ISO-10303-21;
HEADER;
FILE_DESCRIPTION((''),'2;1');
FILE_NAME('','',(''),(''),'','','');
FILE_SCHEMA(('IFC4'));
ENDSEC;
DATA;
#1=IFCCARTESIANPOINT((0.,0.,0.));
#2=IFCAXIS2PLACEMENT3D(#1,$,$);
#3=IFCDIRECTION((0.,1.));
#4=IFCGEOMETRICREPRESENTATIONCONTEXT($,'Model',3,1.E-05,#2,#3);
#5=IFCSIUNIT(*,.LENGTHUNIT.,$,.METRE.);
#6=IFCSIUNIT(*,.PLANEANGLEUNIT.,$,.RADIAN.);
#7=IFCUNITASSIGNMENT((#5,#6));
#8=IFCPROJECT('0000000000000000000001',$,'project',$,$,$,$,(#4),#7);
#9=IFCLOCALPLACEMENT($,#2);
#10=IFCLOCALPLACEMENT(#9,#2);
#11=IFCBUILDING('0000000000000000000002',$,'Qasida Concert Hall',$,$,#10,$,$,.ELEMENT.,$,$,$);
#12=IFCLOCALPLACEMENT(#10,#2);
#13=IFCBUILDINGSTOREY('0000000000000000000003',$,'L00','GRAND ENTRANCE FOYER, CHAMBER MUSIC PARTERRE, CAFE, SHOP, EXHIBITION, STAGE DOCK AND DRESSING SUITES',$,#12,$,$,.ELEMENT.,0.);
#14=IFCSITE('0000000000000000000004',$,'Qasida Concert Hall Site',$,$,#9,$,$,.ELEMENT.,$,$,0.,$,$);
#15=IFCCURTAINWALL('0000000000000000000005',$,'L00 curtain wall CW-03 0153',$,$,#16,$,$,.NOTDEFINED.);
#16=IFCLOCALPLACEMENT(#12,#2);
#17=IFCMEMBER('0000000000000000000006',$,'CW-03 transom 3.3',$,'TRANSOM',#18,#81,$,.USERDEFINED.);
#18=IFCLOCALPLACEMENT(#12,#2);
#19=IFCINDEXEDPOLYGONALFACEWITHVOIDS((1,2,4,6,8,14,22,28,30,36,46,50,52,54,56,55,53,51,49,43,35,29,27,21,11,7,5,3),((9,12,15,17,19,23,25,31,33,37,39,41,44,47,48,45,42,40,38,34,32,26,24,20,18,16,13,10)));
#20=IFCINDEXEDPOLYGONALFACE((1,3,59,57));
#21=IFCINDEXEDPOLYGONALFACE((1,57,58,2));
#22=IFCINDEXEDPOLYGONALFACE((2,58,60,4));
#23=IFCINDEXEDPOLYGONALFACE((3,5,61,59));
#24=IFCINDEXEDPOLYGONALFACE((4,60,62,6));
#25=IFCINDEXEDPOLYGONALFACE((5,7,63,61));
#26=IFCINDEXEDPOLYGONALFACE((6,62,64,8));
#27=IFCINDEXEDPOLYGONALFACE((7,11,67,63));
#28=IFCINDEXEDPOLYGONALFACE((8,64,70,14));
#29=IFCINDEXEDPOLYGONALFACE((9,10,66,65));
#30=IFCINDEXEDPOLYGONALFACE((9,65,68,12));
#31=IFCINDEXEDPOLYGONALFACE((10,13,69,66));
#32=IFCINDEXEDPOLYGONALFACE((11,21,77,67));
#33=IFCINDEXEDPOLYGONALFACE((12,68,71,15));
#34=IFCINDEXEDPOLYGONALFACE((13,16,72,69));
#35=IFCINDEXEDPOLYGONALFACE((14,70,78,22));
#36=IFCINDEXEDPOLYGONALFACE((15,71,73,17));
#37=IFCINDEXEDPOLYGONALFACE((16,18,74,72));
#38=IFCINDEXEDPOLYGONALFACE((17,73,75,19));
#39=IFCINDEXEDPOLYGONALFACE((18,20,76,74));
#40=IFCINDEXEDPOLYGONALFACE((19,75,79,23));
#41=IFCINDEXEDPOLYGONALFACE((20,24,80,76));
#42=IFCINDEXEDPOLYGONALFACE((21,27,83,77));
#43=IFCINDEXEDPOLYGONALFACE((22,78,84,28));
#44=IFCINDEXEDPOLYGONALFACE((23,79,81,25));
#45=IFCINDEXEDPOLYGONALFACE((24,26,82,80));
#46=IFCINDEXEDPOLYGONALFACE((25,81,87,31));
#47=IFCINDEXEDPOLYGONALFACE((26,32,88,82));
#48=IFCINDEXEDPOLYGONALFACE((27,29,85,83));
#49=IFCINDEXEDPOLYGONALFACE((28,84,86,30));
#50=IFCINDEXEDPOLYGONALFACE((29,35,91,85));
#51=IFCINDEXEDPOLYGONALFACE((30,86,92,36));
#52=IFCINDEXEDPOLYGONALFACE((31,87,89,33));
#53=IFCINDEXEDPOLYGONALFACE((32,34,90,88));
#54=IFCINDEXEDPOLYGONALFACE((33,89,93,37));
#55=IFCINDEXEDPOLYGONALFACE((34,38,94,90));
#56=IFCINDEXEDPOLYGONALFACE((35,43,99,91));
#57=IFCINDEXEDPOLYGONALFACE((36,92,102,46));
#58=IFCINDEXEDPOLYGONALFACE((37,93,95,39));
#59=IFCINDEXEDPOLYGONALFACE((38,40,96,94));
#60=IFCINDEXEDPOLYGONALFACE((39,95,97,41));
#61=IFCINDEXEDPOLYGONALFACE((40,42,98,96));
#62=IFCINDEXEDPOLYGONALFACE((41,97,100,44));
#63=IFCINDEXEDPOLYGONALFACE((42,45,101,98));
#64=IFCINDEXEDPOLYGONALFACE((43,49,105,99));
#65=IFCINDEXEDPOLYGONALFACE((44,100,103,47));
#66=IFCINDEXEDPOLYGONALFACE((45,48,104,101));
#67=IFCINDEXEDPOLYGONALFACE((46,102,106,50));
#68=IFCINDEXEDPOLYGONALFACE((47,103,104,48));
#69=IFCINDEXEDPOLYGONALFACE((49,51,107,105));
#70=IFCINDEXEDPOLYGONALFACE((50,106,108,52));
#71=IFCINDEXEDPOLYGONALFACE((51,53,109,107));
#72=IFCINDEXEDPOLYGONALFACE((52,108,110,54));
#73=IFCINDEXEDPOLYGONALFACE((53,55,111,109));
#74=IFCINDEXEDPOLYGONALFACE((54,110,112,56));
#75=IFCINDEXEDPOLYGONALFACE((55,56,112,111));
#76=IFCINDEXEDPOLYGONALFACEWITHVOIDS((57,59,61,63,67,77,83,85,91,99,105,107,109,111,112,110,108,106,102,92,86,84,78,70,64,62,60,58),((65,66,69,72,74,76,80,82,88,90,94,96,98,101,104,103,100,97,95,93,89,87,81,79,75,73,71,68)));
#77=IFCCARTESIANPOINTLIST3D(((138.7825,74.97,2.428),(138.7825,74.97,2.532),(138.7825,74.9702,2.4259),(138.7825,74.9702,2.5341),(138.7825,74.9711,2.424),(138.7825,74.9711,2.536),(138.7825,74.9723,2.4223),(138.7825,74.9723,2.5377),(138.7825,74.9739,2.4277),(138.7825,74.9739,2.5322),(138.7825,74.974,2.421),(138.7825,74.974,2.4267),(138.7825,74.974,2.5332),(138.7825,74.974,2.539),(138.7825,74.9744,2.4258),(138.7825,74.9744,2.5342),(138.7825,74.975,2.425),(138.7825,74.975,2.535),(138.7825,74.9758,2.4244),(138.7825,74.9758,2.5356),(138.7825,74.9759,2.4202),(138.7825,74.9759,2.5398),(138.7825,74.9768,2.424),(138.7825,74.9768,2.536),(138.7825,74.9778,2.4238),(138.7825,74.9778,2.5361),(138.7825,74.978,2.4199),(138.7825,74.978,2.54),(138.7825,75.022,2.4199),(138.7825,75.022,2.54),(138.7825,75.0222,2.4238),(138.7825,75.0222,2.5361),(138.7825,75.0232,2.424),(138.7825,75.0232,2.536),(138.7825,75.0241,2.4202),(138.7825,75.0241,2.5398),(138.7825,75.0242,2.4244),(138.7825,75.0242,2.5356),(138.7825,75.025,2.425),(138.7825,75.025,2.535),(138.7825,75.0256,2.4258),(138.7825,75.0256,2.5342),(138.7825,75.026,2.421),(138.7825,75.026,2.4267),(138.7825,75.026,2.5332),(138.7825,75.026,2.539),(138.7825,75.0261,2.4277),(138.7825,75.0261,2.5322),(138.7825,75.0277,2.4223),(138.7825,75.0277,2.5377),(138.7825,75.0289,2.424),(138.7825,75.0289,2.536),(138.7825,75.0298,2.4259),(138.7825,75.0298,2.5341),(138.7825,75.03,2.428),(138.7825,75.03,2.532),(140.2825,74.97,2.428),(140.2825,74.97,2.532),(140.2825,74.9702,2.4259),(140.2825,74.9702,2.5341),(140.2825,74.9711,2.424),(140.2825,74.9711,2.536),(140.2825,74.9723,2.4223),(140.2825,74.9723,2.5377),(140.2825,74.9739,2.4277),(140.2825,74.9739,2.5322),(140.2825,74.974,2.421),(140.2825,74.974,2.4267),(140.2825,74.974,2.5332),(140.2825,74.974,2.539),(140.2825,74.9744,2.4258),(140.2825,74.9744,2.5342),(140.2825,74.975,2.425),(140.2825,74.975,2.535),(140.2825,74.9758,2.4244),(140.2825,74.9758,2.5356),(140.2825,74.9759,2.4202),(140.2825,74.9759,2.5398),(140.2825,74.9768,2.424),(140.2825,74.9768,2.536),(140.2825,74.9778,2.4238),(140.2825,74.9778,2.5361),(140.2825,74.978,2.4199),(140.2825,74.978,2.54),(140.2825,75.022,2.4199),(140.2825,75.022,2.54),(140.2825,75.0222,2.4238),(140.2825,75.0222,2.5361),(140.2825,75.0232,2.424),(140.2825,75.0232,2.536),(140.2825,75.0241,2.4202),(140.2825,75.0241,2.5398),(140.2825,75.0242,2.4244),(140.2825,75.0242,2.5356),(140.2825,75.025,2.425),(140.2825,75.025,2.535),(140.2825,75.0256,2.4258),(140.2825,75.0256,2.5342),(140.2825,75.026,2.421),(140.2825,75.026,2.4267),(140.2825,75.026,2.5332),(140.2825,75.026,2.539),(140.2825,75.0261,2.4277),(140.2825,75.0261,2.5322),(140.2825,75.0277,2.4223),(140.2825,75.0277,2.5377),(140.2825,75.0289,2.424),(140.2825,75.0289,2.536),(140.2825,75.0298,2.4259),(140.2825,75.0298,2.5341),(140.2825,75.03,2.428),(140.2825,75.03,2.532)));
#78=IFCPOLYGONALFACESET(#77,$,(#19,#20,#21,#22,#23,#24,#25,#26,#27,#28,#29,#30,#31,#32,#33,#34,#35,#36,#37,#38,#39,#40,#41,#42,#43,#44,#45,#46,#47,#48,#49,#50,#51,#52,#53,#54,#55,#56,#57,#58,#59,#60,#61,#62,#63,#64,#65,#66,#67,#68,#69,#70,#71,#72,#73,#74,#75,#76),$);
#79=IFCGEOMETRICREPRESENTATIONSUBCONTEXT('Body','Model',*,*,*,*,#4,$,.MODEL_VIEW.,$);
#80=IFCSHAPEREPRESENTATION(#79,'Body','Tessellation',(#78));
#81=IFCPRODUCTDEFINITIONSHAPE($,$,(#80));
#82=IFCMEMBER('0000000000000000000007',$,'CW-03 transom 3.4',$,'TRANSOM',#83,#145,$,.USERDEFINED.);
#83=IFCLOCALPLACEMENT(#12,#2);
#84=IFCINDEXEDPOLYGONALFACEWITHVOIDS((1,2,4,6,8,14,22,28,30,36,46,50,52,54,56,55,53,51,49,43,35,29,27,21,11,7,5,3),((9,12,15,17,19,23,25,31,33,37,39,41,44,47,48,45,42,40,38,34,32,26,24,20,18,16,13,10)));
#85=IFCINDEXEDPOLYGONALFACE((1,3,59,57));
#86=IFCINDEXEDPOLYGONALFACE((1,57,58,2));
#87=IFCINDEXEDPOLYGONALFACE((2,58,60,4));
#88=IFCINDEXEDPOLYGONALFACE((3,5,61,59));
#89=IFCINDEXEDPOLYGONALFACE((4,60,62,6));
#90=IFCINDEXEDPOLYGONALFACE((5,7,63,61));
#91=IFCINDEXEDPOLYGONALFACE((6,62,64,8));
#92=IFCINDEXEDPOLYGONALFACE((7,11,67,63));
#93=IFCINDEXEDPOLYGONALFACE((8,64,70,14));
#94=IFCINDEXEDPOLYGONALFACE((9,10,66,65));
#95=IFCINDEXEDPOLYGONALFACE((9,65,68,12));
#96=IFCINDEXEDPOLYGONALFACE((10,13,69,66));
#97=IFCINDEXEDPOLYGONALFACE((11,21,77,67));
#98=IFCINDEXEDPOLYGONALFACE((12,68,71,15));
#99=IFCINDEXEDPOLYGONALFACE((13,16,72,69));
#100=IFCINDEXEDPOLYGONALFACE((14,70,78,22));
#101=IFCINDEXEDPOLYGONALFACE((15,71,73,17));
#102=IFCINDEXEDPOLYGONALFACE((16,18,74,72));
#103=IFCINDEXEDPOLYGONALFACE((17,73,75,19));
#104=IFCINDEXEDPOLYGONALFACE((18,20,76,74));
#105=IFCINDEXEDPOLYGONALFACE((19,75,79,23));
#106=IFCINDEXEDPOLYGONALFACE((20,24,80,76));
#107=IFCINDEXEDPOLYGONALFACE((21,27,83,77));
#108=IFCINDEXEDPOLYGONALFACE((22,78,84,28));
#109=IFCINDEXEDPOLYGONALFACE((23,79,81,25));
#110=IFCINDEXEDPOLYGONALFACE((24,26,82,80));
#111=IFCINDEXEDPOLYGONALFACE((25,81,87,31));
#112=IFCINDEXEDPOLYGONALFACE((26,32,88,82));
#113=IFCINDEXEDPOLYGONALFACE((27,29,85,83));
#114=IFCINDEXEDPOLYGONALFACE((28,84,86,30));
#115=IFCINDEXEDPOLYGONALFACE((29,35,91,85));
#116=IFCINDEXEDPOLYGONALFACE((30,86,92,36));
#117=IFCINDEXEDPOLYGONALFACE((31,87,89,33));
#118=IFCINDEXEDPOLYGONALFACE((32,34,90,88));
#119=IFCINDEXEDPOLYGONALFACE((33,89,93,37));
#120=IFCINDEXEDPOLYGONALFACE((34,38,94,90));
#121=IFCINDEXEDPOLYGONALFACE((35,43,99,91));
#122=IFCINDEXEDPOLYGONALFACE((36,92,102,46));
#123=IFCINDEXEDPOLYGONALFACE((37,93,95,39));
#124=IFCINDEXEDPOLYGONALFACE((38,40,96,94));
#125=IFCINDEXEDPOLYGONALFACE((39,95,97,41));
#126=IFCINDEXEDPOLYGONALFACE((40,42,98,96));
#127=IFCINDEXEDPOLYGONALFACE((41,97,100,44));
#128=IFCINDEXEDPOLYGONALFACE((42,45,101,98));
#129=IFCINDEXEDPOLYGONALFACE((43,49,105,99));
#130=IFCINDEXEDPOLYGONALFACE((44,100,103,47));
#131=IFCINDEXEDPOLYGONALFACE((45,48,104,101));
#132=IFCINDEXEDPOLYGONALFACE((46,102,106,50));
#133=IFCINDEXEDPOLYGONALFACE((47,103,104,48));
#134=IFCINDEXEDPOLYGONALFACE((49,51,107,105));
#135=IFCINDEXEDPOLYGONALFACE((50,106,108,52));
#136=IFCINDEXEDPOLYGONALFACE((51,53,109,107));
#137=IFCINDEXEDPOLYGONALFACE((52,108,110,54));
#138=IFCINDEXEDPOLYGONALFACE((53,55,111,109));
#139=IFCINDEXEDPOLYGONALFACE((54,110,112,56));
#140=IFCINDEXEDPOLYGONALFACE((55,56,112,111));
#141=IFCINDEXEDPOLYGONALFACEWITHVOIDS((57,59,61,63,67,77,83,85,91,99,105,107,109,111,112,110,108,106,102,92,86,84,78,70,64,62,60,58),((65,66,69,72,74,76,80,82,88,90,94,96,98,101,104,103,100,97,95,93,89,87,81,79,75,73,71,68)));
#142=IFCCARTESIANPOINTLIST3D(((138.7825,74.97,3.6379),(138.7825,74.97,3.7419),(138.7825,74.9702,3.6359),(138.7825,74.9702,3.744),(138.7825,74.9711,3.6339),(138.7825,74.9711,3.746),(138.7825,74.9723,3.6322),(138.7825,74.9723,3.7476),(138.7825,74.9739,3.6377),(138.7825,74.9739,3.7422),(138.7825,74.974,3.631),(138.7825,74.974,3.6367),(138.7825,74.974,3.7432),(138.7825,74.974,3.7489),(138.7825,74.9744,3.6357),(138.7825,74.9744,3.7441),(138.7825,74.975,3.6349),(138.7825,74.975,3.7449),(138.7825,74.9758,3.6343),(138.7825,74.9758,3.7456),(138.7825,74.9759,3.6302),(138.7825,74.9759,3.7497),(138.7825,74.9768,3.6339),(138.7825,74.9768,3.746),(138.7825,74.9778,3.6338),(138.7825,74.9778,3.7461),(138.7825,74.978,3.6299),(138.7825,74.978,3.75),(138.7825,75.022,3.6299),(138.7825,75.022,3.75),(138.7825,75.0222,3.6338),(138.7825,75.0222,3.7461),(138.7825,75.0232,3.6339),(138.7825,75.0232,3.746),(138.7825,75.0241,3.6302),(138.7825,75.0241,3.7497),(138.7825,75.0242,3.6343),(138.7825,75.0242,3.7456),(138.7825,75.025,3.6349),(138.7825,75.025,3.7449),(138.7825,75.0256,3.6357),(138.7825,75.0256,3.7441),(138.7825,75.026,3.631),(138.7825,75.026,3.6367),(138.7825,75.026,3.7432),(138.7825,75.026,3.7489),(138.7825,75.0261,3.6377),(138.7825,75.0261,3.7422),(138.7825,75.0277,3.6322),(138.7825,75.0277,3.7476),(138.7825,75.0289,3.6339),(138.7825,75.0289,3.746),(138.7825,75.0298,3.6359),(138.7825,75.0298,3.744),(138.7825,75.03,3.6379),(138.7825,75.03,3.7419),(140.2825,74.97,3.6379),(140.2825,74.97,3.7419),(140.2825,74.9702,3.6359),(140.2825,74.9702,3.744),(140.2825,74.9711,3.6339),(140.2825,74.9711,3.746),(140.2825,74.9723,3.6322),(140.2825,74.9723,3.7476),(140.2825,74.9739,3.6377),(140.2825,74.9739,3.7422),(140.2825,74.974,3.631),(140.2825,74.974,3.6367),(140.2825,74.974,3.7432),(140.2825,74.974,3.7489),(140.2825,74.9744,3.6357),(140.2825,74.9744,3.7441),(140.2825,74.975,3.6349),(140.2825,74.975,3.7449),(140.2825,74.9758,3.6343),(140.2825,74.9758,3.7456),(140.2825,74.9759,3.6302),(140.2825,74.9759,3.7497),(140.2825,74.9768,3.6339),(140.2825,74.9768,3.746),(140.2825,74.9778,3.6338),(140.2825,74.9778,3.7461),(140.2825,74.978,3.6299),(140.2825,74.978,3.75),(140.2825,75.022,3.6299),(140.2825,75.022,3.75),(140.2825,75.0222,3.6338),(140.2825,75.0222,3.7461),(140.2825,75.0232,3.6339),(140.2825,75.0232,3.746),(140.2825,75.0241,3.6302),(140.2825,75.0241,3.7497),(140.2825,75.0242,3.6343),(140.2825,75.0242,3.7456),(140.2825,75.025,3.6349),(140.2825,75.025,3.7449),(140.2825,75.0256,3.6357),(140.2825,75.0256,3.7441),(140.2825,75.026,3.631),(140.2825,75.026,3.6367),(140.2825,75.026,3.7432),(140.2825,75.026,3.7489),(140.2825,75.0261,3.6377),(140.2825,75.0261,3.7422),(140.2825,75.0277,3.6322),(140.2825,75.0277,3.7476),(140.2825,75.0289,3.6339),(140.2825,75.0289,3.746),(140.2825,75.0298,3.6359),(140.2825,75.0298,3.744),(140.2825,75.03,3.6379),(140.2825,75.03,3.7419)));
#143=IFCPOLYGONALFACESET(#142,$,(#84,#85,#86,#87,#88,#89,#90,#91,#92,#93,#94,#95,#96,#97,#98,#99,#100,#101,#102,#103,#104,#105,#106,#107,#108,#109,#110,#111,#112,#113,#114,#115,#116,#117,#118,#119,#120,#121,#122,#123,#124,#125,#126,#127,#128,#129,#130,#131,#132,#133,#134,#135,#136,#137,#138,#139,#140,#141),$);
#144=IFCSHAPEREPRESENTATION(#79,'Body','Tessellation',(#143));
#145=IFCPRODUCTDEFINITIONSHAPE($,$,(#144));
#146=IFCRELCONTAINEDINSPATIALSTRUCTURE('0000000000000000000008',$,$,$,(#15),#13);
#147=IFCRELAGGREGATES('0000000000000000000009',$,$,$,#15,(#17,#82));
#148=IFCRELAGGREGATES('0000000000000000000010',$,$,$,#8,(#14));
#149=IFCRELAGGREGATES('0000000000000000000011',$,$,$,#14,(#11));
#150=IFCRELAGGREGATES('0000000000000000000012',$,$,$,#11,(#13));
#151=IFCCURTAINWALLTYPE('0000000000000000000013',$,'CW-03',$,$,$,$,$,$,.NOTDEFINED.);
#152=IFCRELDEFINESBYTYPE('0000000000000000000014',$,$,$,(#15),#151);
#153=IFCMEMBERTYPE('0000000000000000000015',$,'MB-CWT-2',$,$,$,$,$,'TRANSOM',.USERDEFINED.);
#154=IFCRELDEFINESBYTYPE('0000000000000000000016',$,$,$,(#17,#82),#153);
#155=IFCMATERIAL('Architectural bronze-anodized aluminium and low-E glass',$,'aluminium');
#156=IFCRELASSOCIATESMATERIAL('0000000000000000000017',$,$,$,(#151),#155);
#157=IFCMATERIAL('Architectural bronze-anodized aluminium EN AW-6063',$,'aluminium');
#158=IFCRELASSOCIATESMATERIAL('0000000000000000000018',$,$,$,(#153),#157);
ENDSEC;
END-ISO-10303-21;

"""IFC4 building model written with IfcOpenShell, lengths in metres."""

from ifc_helpers import new_model, si_unit, direction, frame, origin, origin_2d, place, context, subcontext, project, spatial, hollow_rectangle, extrude, material, material_profile, profile_set, type_object, element, aggregate, save


model = new_model("IFC4")

# Units and contexts
model_context = context("Model", 3, precision=1e-05, world=origin(), true_north=direction((0.0, 1.0)))
body_context = subcontext(model_context, "Body", "Model", "MODEL_VIEW")
ifc_project = project(units=[si_unit("LENGTHUNIT", "METRE"), si_unit("PLANEANGLEUNIT", "RADIAN")], contexts=[model_context])

# Site, building, storey
site_placement = place(None, origin())
site = spatial("IfcSite", under=ifc_project, at=site_placement, Name="Qasida Concert Hall Site", CompositionType="ELEMENT", RefElevation=0.0)
building_placement = place(site_placement, origin())
building = spatial("IfcBuilding", under=site, at=building_placement, Name="Qasida Concert Hall", CompositionType="ELEMENT")
storey_placement = place(building_placement, origin())
storey = spatial("IfcBuildingStorey", under=building, at=storey_placement, Name="L00", Description="GRAND ENTRANCE FOYER, CHAMBER MUSIC PARTERRE, CAFE, SHOP, EXHIBITION, STAGE DOCK AND DRESSING SUITES", CompositionType="ELEMENT", Elevation=0.0)

# Curtain wall
ifc_material_1 = material(Name="Architectural bronze-anodized aluminium and low-E glass", Category="aluminium")
curtain_wall_type = type_object("IfcCurtainWallType", Name="CW-03", PredefinedType="NOTDEFINED", material=ifc_material_1)
curtain_wall_1_placement = place(storey_placement, origin())
curtain_wall_1 = element("IfcCurtainWall", 1, at=curtain_wall_1_placement, inside=storey, type_object=curtain_wall_type, Name="L00 curtain wall CW-03 0153", PredefinedType="NOTDEFINED")
ifc_material_2 = material(Name="Architectural bronze-anodized aluminium EN AW-6063", Category="aluminium")

# Members
ifc_material_profile_1 = material_profile(ifc_material_2, hollow_rectangle(XDim=0.0601, YDim=0.1201, WallThickness=0.0039, InnerFilletRadius=0.0039, OuterFilletRadius=0.0081, at=origin_2d()), Name="CWT 120x60x4")
ifc_profile_set_1 = profile_set([ifc_material_profile_1], Name="Architectural bronze-anodized aluminium EN AW-6063")
member_type_1 = type_object("IfcMemberType", Name="MB-CWT-2", ElementType="TRANSOM", PredefinedType="USERDEFINED", material=ifc_profile_set_1)
member_1_placement = place(storey_placement, frame((138.7825, 75.0, 2.48), z_axis=(1.0, 0.0, 0.0), x_axis=(0.0, 1.0, 0.0)))
member_1 = element("IfcMember", 2, at=member_1_placement, type_object=member_type_1, Name="CW-03 transom 3.3", ObjectType="TRANSOM", PredefinedType="USERDEFINED", context=body_context, shape_type="SweptSolid", body=[
    extrude(hollow_rectangle(XDim=0.0601, YDim=0.1201, WallThickness=0.0039, InnerFilletRadius=0.0039, OuterFilletRadius=0.0081, at=origin_2d()), origin(), (0.0, 0.0, 1.0), 1.5),
])
member_2_placement = place(storey_placement, frame((138.7825, 75.0, 3.6899), z_axis=(1.0, 0.0, 0.0), x_axis=(0.0, 1.0, 0.0)))
member_2 = element("IfcMember", 3, at=member_2_placement, type_object=member_type_1, Name="CW-03 transom 3.4", ObjectType="TRANSOM", PredefinedType="USERDEFINED", context=body_context, shape_type="SweptSolid", body=[
    extrude(hollow_rectangle(XDim=0.0601, YDim=0.1201, WallThickness=0.0039, InnerFilletRadius=0.0039, OuterFilletRadius=0.0081, at=origin_2d()), origin(), (0.0, 0.0, 1.0), 1.5),
])

aggregate(curtain_wall_1, [member_1, member_2])

save(model, "model.ifc")
